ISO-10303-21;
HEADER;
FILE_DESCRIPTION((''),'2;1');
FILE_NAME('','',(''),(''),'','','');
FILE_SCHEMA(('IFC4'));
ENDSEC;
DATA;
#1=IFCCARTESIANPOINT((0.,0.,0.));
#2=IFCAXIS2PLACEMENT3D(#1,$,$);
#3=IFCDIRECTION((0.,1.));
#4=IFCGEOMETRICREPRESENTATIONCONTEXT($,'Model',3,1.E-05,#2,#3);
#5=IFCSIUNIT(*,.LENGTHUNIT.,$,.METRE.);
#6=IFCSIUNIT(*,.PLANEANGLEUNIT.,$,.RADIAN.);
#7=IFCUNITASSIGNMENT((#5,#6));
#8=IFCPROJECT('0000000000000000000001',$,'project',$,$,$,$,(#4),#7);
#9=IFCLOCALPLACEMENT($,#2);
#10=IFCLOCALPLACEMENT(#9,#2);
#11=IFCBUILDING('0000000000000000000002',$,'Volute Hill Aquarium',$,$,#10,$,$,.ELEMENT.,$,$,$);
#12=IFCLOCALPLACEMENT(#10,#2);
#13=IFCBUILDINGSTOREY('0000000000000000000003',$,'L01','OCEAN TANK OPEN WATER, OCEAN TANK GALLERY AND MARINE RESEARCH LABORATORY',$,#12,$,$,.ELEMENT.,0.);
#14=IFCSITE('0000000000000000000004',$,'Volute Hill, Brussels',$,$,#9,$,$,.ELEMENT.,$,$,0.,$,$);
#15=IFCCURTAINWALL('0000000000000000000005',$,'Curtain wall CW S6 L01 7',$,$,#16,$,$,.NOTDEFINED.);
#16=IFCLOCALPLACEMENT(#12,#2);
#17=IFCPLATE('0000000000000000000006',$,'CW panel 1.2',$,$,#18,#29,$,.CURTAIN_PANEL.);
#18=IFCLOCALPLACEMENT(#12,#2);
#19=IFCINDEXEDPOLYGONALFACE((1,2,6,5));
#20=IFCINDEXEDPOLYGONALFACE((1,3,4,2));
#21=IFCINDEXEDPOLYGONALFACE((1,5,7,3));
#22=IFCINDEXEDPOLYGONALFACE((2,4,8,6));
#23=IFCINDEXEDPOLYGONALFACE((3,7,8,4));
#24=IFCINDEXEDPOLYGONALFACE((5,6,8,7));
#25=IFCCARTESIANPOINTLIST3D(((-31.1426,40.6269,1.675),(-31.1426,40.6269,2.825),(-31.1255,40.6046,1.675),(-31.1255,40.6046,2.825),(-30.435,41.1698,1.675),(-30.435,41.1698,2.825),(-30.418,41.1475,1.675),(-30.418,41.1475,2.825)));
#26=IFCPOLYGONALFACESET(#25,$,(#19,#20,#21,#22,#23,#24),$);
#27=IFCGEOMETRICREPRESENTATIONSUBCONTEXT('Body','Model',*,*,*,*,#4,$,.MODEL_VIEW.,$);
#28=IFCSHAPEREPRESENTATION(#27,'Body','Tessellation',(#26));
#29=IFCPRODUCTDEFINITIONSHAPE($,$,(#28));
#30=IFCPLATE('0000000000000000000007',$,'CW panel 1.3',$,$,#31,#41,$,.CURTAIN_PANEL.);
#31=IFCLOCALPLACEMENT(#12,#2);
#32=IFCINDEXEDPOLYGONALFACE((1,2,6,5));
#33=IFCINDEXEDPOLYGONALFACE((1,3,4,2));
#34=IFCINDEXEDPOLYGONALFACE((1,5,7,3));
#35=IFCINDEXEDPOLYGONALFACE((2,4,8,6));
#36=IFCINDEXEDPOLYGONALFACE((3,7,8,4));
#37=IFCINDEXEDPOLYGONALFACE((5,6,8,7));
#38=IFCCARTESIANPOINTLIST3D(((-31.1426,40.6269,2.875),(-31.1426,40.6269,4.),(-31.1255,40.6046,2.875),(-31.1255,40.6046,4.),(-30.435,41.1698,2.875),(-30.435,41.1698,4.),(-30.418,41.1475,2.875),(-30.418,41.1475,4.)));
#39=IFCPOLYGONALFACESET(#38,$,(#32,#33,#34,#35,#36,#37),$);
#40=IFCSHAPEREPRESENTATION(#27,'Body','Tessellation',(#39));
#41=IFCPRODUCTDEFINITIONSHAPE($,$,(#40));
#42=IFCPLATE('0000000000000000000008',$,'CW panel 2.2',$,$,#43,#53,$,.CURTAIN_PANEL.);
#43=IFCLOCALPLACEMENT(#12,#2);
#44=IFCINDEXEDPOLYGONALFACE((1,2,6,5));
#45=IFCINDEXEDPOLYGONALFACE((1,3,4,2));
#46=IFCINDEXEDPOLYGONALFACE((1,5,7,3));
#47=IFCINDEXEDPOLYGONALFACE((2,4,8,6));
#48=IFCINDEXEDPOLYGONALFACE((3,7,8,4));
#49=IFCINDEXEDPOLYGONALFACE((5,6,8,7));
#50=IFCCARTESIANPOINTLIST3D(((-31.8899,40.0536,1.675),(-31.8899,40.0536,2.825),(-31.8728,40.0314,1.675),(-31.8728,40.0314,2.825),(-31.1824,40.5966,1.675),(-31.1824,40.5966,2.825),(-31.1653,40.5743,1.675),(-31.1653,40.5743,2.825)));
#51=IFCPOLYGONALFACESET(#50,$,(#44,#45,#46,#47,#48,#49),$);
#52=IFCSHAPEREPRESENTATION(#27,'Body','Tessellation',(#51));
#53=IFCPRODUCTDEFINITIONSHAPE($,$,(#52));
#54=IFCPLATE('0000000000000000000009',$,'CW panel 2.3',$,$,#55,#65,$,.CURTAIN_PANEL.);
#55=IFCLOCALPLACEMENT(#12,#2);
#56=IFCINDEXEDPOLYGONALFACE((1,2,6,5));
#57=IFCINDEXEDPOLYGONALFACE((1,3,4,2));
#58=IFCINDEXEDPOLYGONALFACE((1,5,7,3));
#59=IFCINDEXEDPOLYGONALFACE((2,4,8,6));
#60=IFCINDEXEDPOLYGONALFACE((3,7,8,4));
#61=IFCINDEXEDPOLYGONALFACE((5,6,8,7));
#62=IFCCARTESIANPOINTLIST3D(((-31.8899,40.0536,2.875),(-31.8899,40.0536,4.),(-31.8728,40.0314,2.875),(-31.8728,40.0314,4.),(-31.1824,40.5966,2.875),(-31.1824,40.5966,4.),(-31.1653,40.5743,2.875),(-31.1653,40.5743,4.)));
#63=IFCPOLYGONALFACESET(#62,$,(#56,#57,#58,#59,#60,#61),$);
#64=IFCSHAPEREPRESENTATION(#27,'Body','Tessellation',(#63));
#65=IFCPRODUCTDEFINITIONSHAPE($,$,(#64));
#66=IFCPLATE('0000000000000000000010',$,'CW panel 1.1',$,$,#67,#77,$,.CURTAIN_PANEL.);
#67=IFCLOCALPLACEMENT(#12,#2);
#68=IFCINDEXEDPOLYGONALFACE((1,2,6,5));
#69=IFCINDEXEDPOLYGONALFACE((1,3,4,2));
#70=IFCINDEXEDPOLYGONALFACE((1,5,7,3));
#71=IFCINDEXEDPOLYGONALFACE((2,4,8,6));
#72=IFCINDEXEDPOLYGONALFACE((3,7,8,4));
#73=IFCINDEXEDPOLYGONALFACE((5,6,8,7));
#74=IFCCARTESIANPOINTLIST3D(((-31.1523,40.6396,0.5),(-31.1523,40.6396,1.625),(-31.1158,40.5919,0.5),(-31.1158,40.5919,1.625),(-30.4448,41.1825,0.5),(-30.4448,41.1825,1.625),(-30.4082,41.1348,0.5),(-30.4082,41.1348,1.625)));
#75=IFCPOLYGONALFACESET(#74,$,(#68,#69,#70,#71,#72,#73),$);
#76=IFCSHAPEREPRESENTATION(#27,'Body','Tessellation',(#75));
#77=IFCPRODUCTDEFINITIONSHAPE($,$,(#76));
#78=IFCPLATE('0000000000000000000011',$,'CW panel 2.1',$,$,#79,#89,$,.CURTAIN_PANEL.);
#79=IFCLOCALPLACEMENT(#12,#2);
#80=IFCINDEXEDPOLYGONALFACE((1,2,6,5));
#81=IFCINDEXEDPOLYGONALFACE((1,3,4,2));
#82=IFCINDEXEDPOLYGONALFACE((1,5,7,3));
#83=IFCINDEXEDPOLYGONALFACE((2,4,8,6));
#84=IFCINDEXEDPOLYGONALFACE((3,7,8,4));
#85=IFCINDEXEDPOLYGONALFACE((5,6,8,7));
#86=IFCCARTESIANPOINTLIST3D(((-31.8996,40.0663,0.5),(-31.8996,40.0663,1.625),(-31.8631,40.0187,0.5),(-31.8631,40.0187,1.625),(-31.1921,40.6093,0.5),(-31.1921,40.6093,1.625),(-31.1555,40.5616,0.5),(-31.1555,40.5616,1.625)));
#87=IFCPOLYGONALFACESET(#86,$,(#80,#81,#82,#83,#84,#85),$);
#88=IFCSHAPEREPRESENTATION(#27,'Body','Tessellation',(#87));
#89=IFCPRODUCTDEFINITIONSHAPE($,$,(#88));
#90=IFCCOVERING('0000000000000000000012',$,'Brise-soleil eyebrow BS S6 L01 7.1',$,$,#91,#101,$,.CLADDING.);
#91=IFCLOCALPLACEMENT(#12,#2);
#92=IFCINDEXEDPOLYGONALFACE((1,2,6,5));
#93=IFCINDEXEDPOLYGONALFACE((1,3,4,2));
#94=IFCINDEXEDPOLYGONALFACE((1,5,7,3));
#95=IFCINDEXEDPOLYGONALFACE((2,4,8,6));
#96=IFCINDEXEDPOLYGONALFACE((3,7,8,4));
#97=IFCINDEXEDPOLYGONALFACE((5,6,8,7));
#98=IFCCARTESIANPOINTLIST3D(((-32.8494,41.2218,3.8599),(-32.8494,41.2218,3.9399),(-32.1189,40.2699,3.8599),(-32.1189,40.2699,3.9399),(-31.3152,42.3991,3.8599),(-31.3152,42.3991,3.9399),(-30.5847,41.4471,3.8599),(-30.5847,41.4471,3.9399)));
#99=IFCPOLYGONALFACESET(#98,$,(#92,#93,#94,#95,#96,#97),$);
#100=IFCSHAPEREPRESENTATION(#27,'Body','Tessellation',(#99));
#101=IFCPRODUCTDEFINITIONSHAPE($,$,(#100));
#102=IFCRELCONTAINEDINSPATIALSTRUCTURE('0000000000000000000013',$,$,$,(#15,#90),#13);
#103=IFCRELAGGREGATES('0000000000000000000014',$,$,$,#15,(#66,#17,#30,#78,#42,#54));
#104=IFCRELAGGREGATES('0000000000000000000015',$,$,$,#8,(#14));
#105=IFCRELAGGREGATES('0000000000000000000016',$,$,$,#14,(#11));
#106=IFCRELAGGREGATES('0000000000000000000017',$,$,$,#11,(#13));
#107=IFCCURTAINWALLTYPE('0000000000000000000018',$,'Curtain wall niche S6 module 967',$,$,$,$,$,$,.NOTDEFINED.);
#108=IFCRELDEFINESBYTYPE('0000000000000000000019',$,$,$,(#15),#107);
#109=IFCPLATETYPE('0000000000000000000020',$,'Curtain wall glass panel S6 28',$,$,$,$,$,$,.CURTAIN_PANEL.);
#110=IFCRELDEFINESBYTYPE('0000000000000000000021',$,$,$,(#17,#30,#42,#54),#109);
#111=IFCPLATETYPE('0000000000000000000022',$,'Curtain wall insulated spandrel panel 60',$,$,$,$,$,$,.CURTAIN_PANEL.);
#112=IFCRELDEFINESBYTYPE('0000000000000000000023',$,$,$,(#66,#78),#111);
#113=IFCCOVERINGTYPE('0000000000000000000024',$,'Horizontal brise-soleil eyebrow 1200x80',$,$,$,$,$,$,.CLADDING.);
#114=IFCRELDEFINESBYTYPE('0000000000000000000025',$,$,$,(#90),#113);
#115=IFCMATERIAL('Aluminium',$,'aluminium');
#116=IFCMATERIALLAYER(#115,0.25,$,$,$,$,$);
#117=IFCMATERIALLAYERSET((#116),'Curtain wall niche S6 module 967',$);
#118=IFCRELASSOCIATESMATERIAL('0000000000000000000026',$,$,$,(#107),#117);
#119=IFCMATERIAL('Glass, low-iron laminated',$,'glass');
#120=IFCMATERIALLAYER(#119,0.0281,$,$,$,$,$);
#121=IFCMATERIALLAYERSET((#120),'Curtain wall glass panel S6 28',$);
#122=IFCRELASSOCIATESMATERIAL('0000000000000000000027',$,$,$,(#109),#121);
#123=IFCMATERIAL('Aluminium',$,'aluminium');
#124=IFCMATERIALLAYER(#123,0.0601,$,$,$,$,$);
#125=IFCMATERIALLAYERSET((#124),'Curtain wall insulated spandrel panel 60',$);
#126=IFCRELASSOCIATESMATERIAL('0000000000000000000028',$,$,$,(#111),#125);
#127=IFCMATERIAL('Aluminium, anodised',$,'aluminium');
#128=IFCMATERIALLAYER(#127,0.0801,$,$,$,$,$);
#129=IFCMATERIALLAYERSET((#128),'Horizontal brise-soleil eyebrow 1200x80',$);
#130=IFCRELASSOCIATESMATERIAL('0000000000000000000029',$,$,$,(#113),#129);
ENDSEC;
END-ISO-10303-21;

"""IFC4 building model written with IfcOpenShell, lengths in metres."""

from ifc_helpers import new_model, si_unit, direction, frame, origin, origin_2d, place, context, subcontext, project, spatial, rectangle, extrude, material, layer, layer_set, type_object, element, aggregate, save


model = new_model("IFC4")

# Units and contexts
model_context = context("Model", 3, precision=1e-05, world=origin(), true_north=direction((0.0, 1.0)))
body_context = subcontext(model_context, "Body", "Model", "MODEL_VIEW")
ifc_project = project(units=[si_unit("LENGTHUNIT", "METRE"), si_unit("PLANEANGLEUNIT", "RADIAN")], contexts=[model_context])

# Site, building, storey
site_placement = place(None, origin())
site = spatial("IfcSite", under=ifc_project, at=site_placement, Name="Volute Hill, Brussels", CompositionType="ELEMENT", RefElevation=0.0)
building_placement = place(site_placement, origin())
building = spatial("IfcBuilding", under=site, at=building_placement, Name="Volute Hill Aquarium", CompositionType="ELEMENT")
storey_placement = place(building_placement, origin())
storey = spatial("IfcBuildingStorey", under=building, at=storey_placement, Name="L01", Description="OCEAN TANK OPEN WATER, OCEAN TANK GALLERY AND MARINE RESEARCH LABORATORY", CompositionType="ELEMENT", Elevation=0.0)

# Shared definitions
ifc_material_1 = material(Name="Aluminium", Category="aluminium")
ifc_layer_1 = layer(ifc_material_1, 0.25)
ifc_layer_set_1 = layer_set([ifc_layer_1], Name="Curtain wall niche S6 module 967")
curtain_wall_type = type_object("IfcCurtainWallType", Name="Curtain wall niche S6 module 967", PredefinedType="NOTDEFINED", material=ifc_layer_set_1)

# Curtain wall
curtain_wall_1_placement = place(storey_placement, origin())
curtain_wall_1 = element("IfcCurtainWall", 1, at=curtain_wall_1_placement, inside=storey, type_object=curtain_wall_type, Name="Curtain wall CW S6 L01 7", PredefinedType="NOTDEFINED")

# Plates
ifc_material_2 = material(Name="Glass, low-iron laminated", Category="glass")
ifc_layer_2 = layer(ifc_material_2, 0.0281)
ifc_layer_set_2 = layer_set([ifc_layer_2], Name="Curtain wall glass panel S6 28")
plate_type_1 = type_object("IfcPlateType", Name="Curtain wall glass panel S6 28", PredefinedType="CURTAIN_PANEL", material=ifc_layer_set_2)
plate_1_placement = place(storey_placement, frame((-30.7803, 40.8872, 1.675), z_axis=(0.0, 0.0, 1.0), x_axis=(-0.793348, -0.608769, 0.0)))
plate_1 = element("IfcPlate", 2, at=plate_1_placement, type_object=plate_type_1, Name="CW panel 1.2", PredefinedType="CURTAIN_PANEL", context=body_context, shape_type="SweptSolid", body=[
    extrude(rectangle(XDim=0.8918, YDim=0.0281, at=origin_2d()), origin(), (0.0, 0.0, 1.0), 1.1499),
])
plate_2_placement = place(storey_placement, frame((-30.7803, 40.8872, 2.875), z_axis=(0.0, 0.0, 1.0), x_axis=(-0.793348, -0.608769, 0.0)))
plate_2 = element("IfcPlate", 3, at=plate_2_placement, type_object=plate_type_1, Name="CW panel 1.3", PredefinedType="CURTAIN_PANEL", context=body_context, shape_type="SweptSolid", body=[
    extrude(rectangle(XDim=0.8918, YDim=0.0281, at=origin_2d()), origin(), (0.0, 0.0, 1.0), 1.125),
])
plate_3_placement = place(storey_placement, frame((-31.5276, 40.314, 1.675), z_axis=(0.0, 0.0, 1.0), x_axis=(-0.793348, -0.608769, 0.0)))
plate_3 = element("IfcPlate", 4, at=plate_3_placement, type_object=plate_type_1, Name="CW panel 2.2", PredefinedType="CURTAIN_PANEL", context=body_context, shape_type="SweptSolid", body=[
    extrude(rectangle(XDim=0.8918, YDim=0.0281, at=origin_2d()), origin(), (0.0, 0.0, 1.0), 1.1499),
])
plate_4_placement = place(storey_placement, frame((-31.5276, 40.314, 2.875), z_axis=(0.0, 0.0, 1.0), x_axis=(-0.793348, -0.608769, 0.0)))
plate_4 = element("IfcPlate", 5, at=plate_4_placement, type_object=plate_type_1, Name="CW panel 2.3", PredefinedType="CURTAIN_PANEL", context=body_context, shape_type="SweptSolid", body=[
    extrude(rectangle(XDim=0.8918, YDim=0.0281, at=origin_2d()), origin(), (0.0, 0.0, 1.0), 1.125),
])
ifc_material_3 = material(Name="Aluminium", Category="aluminium")
ifc_layer_3 = layer(ifc_material_3, 0.0601)
ifc_layer_set_3 = layer_set([ifc_layer_3], Name="Curtain wall insulated spandrel panel 60")
plate_type_2 = type_object("IfcPlateType", Name="Curtain wall insulated spandrel panel 60", PredefinedType="CURTAIN_PANEL", material=ifc_layer_set_3)
plate_5_placement = place(storey_placement, frame((-30.7803, 40.8872, 0.5), z_axis=(0.0, 0.0, 1.0), x_axis=(-0.793348, -0.608769, 0.0)))
plate_5 = element("IfcPlate", 6, at=plate_5_placement, type_object=plate_type_2, Name="CW panel 1.1", PredefinedType="CURTAIN_PANEL", context=body_context, shape_type="SweptSolid", body=[
    extrude(rectangle(XDim=0.8918, YDim=0.0601, at=origin_2d()), origin(), (0.0, 0.0, 1.0), 1.125),
])
plate_6_placement = place(storey_placement, frame((-31.5276, 40.314, 0.5), z_axis=(0.0, 0.0, 1.0), x_axis=(-0.793348, -0.608769, 0.0)))
plate_6 = element("IfcPlate", 7, at=plate_6_placement, type_object=plate_type_2, Name="CW panel 2.1", PredefinedType="CURTAIN_PANEL", context=body_context, shape_type="SweptSolid", body=[
    extrude(rectangle(XDim=0.8918, YDim=0.0601, at=origin_2d()), origin(), (0.0, 0.0, 1.0), 1.125),
])
aggregate(curtain_wall_1, [plate_5, plate_1, plate_2, plate_6, plate_3, plate_4])

# Covering
ifc_material_4 = material(Name="Aluminium, anodised", Category="aluminium")
ifc_layer_4 = layer(ifc_material_4, 0.0801)
ifc_layer_set_4 = layer_set([ifc_layer_4], Name="Horizontal brise-soleil eyebrow 1200x80")
covering_type = type_object("IfcCoveringType", Name="Horizontal brise-soleil eyebrow 1200x80", PredefinedType="CLADDING", material=ifc_layer_set_4)
covering_placement = place(storey_placement, frame((-31.717, 41.3345, 3.8599), z_axis=(0.0, 0.0, 1.0), x_axis=(-0.79335, -0.608766, 0.0)))
element("IfcCovering", 8, at=covering_placement, inside=storey, type_object=covering_type, Name="Brise-soleil eyebrow BS S6 L01 7.1", PredefinedType="CLADDING", context=body_context, shape_type="SweptSolid", body=[
    extrude(rectangle(XDim=1.9338, YDim=1.2, at=origin_2d()), origin(), (0.0, 0.0, 1.0), 0.0801),
])

save(model, "model.ifc")
